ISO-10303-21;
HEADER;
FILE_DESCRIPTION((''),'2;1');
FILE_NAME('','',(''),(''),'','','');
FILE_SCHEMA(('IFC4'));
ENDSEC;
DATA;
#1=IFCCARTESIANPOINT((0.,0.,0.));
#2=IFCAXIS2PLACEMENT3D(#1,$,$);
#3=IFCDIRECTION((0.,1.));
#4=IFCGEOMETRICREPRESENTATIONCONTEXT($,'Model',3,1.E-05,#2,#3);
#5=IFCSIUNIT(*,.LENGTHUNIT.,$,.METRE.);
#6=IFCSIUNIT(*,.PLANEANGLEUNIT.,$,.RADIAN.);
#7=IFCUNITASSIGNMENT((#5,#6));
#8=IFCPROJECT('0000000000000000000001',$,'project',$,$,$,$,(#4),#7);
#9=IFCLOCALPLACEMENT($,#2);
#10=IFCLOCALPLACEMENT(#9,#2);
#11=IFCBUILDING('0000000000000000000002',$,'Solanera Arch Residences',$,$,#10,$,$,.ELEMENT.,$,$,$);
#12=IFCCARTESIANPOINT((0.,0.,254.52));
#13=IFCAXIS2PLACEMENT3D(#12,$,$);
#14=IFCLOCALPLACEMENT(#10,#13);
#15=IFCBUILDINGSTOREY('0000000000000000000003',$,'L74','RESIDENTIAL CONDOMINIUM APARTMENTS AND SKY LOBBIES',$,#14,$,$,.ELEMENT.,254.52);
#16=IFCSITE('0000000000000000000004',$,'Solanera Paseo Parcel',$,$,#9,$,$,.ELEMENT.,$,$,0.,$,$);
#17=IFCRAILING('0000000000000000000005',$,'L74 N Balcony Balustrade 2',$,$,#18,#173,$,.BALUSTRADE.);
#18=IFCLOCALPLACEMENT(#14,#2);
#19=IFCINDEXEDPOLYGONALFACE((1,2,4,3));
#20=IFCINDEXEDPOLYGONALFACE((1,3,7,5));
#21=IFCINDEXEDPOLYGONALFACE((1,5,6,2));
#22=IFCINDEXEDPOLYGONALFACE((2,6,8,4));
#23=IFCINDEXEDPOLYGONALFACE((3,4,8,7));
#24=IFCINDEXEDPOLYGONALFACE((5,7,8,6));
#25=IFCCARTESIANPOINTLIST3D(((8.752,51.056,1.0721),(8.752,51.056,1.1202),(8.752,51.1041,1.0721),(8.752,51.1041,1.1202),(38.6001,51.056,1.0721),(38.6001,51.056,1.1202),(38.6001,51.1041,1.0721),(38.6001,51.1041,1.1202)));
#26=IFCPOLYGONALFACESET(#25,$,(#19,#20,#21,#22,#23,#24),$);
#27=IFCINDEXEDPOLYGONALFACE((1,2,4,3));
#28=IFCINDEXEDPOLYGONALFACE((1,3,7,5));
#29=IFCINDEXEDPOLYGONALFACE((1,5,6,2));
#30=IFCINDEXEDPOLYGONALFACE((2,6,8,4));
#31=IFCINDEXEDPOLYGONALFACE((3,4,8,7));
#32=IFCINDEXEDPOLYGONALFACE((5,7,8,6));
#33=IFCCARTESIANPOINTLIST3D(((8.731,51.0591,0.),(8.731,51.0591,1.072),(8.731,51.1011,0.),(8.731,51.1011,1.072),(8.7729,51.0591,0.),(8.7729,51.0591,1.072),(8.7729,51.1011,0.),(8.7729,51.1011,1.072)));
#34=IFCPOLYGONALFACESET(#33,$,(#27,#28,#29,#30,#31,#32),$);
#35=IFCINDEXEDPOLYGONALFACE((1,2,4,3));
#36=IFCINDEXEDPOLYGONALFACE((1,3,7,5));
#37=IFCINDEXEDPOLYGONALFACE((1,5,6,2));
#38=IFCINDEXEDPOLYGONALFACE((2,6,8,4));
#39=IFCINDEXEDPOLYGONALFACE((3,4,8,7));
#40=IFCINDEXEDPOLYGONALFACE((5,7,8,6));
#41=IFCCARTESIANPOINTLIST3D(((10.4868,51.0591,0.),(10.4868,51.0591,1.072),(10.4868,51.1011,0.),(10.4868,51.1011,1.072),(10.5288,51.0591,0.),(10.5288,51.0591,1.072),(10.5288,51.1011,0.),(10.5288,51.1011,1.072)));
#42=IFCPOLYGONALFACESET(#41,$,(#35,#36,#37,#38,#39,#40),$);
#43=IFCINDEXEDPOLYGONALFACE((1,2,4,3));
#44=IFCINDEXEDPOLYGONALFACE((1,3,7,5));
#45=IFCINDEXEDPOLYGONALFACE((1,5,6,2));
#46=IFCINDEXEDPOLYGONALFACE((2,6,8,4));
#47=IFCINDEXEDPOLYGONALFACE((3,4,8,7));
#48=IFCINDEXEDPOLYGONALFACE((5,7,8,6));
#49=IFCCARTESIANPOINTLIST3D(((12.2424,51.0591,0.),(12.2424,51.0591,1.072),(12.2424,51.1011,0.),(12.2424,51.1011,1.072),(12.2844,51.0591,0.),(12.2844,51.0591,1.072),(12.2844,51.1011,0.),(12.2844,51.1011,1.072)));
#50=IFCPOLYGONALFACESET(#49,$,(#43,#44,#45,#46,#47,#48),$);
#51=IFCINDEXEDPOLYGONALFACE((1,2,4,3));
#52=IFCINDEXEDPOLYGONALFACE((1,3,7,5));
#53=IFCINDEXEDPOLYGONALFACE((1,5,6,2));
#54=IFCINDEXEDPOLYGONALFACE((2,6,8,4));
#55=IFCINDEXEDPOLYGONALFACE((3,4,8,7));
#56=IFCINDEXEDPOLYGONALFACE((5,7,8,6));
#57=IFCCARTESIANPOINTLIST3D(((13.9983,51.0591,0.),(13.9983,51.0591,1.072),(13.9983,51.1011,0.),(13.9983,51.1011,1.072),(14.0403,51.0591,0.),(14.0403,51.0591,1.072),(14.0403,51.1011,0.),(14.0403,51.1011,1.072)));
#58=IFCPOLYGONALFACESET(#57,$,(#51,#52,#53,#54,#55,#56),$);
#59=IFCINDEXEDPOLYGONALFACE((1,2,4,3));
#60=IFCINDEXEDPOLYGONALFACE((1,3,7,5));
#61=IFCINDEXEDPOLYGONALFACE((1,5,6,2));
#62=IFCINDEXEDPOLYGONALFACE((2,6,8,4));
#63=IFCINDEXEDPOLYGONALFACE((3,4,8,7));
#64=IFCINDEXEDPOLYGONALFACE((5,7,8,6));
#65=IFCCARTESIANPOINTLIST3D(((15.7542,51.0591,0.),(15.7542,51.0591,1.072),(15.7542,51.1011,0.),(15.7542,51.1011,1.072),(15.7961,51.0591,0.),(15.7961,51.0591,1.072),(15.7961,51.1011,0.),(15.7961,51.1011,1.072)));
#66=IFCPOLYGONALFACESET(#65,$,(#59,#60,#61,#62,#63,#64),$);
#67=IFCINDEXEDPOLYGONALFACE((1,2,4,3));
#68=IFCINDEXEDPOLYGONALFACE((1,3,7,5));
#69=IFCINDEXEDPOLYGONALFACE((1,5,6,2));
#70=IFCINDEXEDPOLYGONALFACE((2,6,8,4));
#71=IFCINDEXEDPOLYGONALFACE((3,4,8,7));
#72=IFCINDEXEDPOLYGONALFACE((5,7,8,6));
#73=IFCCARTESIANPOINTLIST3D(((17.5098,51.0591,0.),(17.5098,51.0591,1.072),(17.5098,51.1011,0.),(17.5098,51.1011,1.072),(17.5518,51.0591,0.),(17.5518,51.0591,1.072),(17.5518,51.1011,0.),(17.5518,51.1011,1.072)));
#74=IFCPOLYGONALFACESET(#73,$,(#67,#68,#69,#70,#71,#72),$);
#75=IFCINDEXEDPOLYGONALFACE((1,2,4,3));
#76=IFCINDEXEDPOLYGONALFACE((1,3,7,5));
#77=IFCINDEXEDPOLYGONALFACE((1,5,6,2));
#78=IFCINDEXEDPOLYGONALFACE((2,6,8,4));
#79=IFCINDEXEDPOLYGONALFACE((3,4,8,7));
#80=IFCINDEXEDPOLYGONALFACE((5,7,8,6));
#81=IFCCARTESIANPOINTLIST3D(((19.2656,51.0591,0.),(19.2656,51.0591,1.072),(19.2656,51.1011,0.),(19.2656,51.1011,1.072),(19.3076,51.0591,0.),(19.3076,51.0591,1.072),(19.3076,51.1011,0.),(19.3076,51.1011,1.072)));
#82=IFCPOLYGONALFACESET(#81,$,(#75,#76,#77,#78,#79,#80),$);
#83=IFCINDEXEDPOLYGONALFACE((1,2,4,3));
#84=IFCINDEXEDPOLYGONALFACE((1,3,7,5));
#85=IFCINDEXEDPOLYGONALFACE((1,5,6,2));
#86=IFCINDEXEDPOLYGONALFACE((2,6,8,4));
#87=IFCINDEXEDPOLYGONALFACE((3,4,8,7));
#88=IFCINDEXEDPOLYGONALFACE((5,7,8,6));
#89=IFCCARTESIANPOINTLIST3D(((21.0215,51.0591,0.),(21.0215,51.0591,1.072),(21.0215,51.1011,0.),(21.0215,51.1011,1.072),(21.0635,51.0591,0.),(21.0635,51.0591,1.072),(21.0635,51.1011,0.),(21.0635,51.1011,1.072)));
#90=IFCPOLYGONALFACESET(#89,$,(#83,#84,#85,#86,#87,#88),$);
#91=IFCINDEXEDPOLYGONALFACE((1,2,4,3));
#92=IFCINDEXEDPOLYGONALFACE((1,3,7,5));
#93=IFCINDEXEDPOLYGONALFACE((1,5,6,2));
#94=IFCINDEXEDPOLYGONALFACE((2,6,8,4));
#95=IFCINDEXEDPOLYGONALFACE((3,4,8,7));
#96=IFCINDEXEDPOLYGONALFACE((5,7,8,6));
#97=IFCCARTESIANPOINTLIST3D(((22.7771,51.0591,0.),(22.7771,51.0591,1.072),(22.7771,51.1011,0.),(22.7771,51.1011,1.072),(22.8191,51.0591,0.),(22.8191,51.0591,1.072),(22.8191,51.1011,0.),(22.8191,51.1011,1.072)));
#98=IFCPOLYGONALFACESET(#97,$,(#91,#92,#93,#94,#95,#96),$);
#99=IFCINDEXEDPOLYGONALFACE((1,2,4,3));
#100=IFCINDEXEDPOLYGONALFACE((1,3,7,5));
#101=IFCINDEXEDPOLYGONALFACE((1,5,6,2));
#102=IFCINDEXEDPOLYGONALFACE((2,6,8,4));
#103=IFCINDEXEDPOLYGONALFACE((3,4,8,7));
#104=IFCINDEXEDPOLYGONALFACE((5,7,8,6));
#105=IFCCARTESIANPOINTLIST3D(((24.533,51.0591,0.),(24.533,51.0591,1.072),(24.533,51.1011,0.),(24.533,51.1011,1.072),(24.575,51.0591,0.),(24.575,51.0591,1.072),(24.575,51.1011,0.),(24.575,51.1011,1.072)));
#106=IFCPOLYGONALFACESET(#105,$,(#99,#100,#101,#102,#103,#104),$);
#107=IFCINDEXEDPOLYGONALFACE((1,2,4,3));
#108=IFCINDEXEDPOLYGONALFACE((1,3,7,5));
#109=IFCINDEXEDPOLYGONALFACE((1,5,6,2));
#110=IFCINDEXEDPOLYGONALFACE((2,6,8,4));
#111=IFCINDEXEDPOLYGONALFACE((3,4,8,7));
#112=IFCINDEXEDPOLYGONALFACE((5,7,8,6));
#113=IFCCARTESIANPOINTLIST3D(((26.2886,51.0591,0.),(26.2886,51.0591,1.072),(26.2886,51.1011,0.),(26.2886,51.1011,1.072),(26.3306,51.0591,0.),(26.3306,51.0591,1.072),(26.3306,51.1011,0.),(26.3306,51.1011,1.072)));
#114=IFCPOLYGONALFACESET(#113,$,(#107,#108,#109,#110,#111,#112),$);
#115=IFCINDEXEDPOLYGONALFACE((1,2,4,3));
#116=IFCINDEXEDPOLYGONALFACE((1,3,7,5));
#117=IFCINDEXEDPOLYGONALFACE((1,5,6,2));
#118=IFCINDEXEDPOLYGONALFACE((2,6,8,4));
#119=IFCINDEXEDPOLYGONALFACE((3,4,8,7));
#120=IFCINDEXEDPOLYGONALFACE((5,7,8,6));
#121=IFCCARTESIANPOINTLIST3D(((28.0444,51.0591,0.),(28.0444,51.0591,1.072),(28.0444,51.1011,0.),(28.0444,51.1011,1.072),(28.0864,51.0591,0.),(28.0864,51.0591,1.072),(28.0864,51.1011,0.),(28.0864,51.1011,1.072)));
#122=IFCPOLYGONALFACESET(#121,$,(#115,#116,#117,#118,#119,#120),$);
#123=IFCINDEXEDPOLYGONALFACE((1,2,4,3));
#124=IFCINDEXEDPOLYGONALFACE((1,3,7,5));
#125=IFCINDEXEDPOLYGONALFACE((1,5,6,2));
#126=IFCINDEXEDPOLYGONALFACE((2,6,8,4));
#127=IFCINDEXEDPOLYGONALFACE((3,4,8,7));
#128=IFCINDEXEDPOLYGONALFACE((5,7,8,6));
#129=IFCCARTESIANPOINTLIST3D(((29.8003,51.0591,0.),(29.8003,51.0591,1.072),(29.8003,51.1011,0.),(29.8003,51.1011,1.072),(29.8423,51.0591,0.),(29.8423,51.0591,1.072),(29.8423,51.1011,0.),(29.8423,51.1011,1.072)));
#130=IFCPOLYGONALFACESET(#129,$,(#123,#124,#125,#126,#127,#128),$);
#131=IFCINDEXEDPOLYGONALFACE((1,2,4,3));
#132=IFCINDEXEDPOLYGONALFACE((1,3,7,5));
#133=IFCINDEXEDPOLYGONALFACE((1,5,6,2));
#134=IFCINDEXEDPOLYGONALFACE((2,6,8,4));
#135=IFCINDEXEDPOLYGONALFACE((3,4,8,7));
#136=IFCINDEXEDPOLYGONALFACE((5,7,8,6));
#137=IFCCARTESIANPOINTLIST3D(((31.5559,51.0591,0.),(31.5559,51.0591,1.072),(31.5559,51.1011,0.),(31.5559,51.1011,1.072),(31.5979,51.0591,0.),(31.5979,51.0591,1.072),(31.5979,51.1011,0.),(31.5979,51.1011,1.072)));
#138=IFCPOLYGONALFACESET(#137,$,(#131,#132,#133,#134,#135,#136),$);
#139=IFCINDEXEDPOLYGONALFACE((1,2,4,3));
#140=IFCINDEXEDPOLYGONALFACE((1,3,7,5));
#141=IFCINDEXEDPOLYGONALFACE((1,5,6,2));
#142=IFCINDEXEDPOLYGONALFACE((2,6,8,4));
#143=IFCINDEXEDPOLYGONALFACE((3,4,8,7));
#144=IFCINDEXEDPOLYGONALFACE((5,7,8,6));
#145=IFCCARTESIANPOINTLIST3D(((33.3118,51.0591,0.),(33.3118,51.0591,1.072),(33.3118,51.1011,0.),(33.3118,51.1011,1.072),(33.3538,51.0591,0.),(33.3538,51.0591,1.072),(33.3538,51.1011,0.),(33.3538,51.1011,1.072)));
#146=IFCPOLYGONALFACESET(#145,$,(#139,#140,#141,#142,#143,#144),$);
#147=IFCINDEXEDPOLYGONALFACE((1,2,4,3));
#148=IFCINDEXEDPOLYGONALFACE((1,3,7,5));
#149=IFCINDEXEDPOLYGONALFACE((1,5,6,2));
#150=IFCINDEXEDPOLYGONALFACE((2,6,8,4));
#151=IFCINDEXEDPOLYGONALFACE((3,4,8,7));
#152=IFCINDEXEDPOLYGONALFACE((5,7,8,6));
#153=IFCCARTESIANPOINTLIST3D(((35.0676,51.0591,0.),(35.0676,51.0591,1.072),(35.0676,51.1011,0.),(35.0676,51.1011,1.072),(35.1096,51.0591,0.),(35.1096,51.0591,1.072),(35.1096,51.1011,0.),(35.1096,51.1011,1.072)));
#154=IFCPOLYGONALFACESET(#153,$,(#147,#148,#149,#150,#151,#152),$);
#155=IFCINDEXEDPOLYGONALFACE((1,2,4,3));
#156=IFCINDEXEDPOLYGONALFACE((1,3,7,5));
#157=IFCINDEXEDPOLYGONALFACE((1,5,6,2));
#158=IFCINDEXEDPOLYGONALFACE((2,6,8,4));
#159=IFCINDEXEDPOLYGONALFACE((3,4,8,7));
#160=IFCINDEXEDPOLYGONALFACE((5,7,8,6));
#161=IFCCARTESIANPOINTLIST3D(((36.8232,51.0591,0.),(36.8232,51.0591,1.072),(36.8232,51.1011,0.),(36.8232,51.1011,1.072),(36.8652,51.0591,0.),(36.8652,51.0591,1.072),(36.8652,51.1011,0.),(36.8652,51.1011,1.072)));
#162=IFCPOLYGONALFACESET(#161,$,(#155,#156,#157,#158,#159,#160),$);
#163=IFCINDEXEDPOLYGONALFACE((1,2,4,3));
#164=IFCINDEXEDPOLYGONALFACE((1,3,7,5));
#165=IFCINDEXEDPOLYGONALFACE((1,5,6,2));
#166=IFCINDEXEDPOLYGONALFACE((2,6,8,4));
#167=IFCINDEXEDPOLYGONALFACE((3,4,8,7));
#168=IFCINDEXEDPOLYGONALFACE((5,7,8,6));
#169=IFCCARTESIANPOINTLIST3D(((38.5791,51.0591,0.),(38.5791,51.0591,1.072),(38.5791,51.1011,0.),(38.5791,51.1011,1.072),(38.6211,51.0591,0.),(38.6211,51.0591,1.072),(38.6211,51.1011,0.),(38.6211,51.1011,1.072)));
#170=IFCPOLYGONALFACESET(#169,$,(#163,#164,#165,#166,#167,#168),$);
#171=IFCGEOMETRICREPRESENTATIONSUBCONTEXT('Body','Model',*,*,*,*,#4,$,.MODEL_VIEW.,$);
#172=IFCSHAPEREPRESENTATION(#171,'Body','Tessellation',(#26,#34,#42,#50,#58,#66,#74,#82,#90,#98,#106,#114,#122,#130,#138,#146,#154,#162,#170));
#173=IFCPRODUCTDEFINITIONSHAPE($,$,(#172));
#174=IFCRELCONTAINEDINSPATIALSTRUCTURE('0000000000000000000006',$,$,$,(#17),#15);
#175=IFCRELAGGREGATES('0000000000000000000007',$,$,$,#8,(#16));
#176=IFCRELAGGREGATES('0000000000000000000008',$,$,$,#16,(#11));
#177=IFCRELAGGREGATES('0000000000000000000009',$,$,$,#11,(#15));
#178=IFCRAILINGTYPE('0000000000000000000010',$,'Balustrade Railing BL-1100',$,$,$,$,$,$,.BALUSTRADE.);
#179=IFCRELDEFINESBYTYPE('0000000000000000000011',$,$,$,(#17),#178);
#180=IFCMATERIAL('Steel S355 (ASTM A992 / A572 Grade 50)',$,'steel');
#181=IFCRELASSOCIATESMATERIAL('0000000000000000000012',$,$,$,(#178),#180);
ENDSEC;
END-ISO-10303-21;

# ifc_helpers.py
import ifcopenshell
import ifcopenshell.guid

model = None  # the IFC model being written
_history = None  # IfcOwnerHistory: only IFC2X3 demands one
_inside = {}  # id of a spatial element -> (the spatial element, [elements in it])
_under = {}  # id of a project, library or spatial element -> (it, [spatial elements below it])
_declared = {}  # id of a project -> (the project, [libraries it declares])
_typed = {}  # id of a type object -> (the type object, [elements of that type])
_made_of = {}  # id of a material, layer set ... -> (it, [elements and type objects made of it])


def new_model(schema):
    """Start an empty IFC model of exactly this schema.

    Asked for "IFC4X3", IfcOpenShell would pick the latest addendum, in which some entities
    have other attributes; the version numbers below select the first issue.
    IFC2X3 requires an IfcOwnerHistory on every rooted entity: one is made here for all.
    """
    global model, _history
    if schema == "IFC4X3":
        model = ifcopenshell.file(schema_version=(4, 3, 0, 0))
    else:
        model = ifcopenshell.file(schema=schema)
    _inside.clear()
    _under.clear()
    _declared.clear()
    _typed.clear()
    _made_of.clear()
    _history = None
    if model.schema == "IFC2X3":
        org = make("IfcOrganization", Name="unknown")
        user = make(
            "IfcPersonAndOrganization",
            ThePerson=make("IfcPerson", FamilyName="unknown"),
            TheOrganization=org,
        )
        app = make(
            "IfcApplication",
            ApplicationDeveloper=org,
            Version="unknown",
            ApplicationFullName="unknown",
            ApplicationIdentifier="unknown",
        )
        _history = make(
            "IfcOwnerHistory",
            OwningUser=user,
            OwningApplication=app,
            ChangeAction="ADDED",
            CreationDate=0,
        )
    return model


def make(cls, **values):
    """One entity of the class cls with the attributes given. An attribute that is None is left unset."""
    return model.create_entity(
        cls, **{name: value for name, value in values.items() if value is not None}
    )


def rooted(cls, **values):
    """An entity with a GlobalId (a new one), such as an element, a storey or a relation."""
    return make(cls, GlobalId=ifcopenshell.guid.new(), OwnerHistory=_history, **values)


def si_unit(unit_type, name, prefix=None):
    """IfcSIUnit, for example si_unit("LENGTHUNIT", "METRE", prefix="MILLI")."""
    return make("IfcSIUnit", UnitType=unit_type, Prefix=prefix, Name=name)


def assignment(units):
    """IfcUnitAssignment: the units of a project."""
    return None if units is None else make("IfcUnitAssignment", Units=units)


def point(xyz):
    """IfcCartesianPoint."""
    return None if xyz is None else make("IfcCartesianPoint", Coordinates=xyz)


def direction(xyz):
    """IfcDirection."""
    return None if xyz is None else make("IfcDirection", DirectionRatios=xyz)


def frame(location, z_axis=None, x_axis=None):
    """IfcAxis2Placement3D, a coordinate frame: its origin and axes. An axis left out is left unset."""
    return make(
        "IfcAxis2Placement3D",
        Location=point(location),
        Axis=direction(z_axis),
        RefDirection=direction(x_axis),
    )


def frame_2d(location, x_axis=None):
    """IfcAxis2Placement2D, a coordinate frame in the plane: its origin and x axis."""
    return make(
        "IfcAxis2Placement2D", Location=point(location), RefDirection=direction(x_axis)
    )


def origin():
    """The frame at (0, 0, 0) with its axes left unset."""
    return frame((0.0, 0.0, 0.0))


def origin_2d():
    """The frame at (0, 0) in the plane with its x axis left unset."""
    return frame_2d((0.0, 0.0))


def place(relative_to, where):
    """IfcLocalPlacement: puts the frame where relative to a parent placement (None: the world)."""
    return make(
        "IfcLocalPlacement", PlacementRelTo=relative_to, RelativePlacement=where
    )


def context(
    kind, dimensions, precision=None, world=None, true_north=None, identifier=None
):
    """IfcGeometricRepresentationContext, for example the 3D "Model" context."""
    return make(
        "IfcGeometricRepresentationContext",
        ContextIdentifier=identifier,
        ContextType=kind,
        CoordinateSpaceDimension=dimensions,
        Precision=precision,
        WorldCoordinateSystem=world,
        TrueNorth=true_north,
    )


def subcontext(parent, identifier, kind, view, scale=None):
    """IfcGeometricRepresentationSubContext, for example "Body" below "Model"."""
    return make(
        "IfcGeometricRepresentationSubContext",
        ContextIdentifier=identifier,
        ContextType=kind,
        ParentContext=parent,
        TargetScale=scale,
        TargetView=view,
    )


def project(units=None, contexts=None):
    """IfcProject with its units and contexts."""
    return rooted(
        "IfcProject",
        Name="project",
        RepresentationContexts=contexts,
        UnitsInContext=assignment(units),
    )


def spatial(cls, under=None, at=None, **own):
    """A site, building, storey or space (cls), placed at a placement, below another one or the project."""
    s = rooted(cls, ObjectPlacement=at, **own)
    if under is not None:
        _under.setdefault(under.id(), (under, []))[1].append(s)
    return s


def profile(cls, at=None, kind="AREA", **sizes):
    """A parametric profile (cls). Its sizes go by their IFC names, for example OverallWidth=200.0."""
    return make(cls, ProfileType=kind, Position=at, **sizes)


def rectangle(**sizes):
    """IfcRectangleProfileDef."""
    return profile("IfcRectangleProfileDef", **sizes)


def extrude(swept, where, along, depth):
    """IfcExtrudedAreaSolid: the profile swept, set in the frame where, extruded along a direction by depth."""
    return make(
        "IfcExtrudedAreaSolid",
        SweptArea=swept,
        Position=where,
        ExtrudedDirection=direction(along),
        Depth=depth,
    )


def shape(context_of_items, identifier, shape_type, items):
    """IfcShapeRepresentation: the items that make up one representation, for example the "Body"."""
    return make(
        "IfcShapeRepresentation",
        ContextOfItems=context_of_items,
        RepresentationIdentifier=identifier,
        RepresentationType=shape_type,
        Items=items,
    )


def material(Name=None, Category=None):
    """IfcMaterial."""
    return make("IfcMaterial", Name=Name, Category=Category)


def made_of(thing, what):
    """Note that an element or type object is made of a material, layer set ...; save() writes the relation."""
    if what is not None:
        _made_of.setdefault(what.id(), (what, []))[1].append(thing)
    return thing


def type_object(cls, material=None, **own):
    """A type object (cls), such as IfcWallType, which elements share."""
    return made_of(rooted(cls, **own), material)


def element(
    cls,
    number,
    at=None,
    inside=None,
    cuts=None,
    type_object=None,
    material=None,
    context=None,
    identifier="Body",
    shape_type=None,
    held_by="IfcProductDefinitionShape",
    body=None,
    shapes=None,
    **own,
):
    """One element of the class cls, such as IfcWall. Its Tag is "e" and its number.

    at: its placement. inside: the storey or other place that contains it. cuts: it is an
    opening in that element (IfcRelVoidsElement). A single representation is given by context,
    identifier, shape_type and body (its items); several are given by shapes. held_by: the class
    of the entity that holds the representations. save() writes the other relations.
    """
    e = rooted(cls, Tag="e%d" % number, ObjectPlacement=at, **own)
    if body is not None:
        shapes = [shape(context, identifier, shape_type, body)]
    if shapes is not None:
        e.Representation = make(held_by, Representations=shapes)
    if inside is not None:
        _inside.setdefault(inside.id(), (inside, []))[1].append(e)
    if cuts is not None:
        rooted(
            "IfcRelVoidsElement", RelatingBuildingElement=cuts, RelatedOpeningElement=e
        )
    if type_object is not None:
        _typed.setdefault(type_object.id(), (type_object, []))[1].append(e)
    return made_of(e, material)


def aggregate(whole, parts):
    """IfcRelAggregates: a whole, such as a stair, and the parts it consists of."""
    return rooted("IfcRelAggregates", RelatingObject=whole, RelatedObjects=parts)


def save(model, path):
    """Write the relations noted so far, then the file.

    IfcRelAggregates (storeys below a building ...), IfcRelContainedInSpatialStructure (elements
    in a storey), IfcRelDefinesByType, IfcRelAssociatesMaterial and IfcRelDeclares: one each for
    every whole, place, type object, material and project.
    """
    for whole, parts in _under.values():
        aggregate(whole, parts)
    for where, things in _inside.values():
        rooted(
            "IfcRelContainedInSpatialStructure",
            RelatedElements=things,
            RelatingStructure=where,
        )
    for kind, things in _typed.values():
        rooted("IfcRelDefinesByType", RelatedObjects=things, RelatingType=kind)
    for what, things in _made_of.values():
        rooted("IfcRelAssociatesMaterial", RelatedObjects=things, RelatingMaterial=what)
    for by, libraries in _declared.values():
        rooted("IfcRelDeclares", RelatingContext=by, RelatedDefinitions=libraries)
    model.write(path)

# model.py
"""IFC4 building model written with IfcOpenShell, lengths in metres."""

from ifc_helpers import new_model, si_unit, direction, frame, origin, origin_2d, place, context, subcontext, project, spatial, rectangle, extrude, material, type_object, element, save


model = new_model("IFC4")

# Units and contexts
model_context = context("Model", 3, precision=1e-05, world=origin(), true_north=direction((0.0, 1.0)))
body_context = subcontext(model_context, "Body", "Model", "MODEL_VIEW")
ifc_project = project(units=[si_unit("LENGTHUNIT", "METRE"), si_unit("PLANEANGLEUNIT", "RADIAN")], contexts=[model_context])

# Site, building, storey
site_placement = place(None, origin())
site = spatial("IfcSite", under=ifc_project, at=site_placement, Name="Solanera Paseo Parcel", CompositionType="ELEMENT", RefElevation=0.0)
building_placement = place(site_placement, origin())
building = spatial("IfcBuilding", under=site, at=building_placement, Name="Solanera Arch Residences", CompositionType="ELEMENT")
storey_placement = place(building_placement, frame((0.0, 0.0, 254.52)))
storey = spatial("IfcBuildingStorey", under=building, at=storey_placement, Name="L74", Description="RESIDENTIAL CONDOMINIUM APARTMENTS AND SKY LOBBIES", CompositionType="ELEMENT", Elevation=254.52)

# Railing
ifc_material_1 = material(Name="Steel S355 (ASTM A992 / A572 Grade 50)", Category="steel")
railing_type = type_object("IfcRailingType", Name="Balustrade Railing BL-1100", PredefinedType="BALUSTRADE", material=ifc_material_1)
railing_1_placement = place(storey_placement, frame((8.752, 51.0801, 0.0)))
element("IfcRailing", 1, at=railing_1_placement, inside=storey, type_object=railing_type, Name="L74 N Balcony Balustrade 2", PredefinedType="BALUSTRADE", context=body_context, shape_type="SweptSolid", body=[
    extrude(rectangle(XDim=0.0481, YDim=0.0481, at=origin_2d()), frame((0.0, 0.0, 1.0962), z_axis=(1.0, 0.0, 0.0), x_axis=(0.0, 1.0, 0.0)), (0.0, 0.0, 1.0), 29.8481),
    extrude(rectangle(XDim=0.042, YDim=0.042, at=origin_2d()), origin(), (0.0, 0.0, 1.0), 1.072),
    extrude(rectangle(XDim=0.042, YDim=0.042, at=origin_2d()), frame((1.7559, 0.0, 0.0)), (0.0, 0.0, 1.0), 1.072),
    extrude(rectangle(XDim=0.042, YDim=0.042, at=origin_2d()), frame((3.5115, 0.0, 0.0)), (0.0, 0.0, 1.0), 1.072),
    extrude(rectangle(XDim=0.042, YDim=0.042, at=origin_2d()), frame((5.2673, 0.0, 0.0)), (0.0, 0.0, 1.0), 1.072),
    extrude(rectangle(XDim=0.042, YDim=0.042, at=origin_2d()), frame((7.0232, 0.0, 0.0)), (0.0, 0.0, 1.0), 1.072),
    extrude(rectangle(XDim=0.042, YDim=0.042, at=origin_2d()), frame((8.7788, 0.0, 0.0)), (0.0, 0.0, 1.0), 1.072),
    extrude(rectangle(XDim=0.042, YDim=0.042, at=origin_2d()), frame((10.5347, 0.0, 0.0)), (0.0, 0.0, 1.0), 1.072),
    extrude(rectangle(XDim=0.042, YDim=0.042, at=origin_2d()), frame((12.2905, 0.0, 0.0)), (0.0, 0.0, 1.0), 1.072),
    extrude(rectangle(XDim=0.042, YDim=0.042, at=origin_2d()), frame((14.0461, 0.0, 0.0)), (0.0, 0.0, 1.0), 1.072),
    extrude(rectangle(XDim=0.042, YDim=0.042, at=origin_2d()), frame((15.802, 0.0, 0.0)), (0.0, 0.0, 1.0), 1.072),
    extrude(rectangle(XDim=0.042, YDim=0.042, at=origin_2d()), frame((17.5576, 0.0, 0.0)), (0.0, 0.0, 1.0), 1.072),
    extrude(rectangle(XDim=0.042, YDim=0.042, at=origin_2d()), frame((19.3135, 0.0, 0.0)), (0.0, 0.0, 1.0), 1.072),
    extrude(rectangle(XDim=0.042, YDim=0.042, at=origin_2d()), frame((21.0693, 0.0, 0.0)), (0.0, 0.0, 1.0), 1.072),
    extrude(rectangle(XDim=0.042, YDim=0.042, at=origin_2d()), frame((22.825, 0.0, 0.0)), (0.0, 0.0, 1.0), 1.072),
    extrude(rectangle(XDim=0.042, YDim=0.042, at=origin_2d()), frame((24.5808, 0.0, 0.0)), (0.0, 0.0, 1.0), 1.072),
    extrude(rectangle(XDim=0.042, YDim=0.042, at=origin_2d()), frame((26.3367, 0.0, 0.0)), (0.0, 0.0, 1.0), 1.072),
    extrude(rectangle(XDim=0.042, YDim=0.042, at=origin_2d()), frame((28.0923, 0.0, 0.0)), (0.0, 0.0, 1.0), 1.072),
    extrude(rectangle(XDim=0.042, YDim=0.042, at=origin_2d()), frame((29.8481, 0.0, 0.0)), (0.0, 0.0, 1.0), 1.072),
])

save(model, "model.ifc")
